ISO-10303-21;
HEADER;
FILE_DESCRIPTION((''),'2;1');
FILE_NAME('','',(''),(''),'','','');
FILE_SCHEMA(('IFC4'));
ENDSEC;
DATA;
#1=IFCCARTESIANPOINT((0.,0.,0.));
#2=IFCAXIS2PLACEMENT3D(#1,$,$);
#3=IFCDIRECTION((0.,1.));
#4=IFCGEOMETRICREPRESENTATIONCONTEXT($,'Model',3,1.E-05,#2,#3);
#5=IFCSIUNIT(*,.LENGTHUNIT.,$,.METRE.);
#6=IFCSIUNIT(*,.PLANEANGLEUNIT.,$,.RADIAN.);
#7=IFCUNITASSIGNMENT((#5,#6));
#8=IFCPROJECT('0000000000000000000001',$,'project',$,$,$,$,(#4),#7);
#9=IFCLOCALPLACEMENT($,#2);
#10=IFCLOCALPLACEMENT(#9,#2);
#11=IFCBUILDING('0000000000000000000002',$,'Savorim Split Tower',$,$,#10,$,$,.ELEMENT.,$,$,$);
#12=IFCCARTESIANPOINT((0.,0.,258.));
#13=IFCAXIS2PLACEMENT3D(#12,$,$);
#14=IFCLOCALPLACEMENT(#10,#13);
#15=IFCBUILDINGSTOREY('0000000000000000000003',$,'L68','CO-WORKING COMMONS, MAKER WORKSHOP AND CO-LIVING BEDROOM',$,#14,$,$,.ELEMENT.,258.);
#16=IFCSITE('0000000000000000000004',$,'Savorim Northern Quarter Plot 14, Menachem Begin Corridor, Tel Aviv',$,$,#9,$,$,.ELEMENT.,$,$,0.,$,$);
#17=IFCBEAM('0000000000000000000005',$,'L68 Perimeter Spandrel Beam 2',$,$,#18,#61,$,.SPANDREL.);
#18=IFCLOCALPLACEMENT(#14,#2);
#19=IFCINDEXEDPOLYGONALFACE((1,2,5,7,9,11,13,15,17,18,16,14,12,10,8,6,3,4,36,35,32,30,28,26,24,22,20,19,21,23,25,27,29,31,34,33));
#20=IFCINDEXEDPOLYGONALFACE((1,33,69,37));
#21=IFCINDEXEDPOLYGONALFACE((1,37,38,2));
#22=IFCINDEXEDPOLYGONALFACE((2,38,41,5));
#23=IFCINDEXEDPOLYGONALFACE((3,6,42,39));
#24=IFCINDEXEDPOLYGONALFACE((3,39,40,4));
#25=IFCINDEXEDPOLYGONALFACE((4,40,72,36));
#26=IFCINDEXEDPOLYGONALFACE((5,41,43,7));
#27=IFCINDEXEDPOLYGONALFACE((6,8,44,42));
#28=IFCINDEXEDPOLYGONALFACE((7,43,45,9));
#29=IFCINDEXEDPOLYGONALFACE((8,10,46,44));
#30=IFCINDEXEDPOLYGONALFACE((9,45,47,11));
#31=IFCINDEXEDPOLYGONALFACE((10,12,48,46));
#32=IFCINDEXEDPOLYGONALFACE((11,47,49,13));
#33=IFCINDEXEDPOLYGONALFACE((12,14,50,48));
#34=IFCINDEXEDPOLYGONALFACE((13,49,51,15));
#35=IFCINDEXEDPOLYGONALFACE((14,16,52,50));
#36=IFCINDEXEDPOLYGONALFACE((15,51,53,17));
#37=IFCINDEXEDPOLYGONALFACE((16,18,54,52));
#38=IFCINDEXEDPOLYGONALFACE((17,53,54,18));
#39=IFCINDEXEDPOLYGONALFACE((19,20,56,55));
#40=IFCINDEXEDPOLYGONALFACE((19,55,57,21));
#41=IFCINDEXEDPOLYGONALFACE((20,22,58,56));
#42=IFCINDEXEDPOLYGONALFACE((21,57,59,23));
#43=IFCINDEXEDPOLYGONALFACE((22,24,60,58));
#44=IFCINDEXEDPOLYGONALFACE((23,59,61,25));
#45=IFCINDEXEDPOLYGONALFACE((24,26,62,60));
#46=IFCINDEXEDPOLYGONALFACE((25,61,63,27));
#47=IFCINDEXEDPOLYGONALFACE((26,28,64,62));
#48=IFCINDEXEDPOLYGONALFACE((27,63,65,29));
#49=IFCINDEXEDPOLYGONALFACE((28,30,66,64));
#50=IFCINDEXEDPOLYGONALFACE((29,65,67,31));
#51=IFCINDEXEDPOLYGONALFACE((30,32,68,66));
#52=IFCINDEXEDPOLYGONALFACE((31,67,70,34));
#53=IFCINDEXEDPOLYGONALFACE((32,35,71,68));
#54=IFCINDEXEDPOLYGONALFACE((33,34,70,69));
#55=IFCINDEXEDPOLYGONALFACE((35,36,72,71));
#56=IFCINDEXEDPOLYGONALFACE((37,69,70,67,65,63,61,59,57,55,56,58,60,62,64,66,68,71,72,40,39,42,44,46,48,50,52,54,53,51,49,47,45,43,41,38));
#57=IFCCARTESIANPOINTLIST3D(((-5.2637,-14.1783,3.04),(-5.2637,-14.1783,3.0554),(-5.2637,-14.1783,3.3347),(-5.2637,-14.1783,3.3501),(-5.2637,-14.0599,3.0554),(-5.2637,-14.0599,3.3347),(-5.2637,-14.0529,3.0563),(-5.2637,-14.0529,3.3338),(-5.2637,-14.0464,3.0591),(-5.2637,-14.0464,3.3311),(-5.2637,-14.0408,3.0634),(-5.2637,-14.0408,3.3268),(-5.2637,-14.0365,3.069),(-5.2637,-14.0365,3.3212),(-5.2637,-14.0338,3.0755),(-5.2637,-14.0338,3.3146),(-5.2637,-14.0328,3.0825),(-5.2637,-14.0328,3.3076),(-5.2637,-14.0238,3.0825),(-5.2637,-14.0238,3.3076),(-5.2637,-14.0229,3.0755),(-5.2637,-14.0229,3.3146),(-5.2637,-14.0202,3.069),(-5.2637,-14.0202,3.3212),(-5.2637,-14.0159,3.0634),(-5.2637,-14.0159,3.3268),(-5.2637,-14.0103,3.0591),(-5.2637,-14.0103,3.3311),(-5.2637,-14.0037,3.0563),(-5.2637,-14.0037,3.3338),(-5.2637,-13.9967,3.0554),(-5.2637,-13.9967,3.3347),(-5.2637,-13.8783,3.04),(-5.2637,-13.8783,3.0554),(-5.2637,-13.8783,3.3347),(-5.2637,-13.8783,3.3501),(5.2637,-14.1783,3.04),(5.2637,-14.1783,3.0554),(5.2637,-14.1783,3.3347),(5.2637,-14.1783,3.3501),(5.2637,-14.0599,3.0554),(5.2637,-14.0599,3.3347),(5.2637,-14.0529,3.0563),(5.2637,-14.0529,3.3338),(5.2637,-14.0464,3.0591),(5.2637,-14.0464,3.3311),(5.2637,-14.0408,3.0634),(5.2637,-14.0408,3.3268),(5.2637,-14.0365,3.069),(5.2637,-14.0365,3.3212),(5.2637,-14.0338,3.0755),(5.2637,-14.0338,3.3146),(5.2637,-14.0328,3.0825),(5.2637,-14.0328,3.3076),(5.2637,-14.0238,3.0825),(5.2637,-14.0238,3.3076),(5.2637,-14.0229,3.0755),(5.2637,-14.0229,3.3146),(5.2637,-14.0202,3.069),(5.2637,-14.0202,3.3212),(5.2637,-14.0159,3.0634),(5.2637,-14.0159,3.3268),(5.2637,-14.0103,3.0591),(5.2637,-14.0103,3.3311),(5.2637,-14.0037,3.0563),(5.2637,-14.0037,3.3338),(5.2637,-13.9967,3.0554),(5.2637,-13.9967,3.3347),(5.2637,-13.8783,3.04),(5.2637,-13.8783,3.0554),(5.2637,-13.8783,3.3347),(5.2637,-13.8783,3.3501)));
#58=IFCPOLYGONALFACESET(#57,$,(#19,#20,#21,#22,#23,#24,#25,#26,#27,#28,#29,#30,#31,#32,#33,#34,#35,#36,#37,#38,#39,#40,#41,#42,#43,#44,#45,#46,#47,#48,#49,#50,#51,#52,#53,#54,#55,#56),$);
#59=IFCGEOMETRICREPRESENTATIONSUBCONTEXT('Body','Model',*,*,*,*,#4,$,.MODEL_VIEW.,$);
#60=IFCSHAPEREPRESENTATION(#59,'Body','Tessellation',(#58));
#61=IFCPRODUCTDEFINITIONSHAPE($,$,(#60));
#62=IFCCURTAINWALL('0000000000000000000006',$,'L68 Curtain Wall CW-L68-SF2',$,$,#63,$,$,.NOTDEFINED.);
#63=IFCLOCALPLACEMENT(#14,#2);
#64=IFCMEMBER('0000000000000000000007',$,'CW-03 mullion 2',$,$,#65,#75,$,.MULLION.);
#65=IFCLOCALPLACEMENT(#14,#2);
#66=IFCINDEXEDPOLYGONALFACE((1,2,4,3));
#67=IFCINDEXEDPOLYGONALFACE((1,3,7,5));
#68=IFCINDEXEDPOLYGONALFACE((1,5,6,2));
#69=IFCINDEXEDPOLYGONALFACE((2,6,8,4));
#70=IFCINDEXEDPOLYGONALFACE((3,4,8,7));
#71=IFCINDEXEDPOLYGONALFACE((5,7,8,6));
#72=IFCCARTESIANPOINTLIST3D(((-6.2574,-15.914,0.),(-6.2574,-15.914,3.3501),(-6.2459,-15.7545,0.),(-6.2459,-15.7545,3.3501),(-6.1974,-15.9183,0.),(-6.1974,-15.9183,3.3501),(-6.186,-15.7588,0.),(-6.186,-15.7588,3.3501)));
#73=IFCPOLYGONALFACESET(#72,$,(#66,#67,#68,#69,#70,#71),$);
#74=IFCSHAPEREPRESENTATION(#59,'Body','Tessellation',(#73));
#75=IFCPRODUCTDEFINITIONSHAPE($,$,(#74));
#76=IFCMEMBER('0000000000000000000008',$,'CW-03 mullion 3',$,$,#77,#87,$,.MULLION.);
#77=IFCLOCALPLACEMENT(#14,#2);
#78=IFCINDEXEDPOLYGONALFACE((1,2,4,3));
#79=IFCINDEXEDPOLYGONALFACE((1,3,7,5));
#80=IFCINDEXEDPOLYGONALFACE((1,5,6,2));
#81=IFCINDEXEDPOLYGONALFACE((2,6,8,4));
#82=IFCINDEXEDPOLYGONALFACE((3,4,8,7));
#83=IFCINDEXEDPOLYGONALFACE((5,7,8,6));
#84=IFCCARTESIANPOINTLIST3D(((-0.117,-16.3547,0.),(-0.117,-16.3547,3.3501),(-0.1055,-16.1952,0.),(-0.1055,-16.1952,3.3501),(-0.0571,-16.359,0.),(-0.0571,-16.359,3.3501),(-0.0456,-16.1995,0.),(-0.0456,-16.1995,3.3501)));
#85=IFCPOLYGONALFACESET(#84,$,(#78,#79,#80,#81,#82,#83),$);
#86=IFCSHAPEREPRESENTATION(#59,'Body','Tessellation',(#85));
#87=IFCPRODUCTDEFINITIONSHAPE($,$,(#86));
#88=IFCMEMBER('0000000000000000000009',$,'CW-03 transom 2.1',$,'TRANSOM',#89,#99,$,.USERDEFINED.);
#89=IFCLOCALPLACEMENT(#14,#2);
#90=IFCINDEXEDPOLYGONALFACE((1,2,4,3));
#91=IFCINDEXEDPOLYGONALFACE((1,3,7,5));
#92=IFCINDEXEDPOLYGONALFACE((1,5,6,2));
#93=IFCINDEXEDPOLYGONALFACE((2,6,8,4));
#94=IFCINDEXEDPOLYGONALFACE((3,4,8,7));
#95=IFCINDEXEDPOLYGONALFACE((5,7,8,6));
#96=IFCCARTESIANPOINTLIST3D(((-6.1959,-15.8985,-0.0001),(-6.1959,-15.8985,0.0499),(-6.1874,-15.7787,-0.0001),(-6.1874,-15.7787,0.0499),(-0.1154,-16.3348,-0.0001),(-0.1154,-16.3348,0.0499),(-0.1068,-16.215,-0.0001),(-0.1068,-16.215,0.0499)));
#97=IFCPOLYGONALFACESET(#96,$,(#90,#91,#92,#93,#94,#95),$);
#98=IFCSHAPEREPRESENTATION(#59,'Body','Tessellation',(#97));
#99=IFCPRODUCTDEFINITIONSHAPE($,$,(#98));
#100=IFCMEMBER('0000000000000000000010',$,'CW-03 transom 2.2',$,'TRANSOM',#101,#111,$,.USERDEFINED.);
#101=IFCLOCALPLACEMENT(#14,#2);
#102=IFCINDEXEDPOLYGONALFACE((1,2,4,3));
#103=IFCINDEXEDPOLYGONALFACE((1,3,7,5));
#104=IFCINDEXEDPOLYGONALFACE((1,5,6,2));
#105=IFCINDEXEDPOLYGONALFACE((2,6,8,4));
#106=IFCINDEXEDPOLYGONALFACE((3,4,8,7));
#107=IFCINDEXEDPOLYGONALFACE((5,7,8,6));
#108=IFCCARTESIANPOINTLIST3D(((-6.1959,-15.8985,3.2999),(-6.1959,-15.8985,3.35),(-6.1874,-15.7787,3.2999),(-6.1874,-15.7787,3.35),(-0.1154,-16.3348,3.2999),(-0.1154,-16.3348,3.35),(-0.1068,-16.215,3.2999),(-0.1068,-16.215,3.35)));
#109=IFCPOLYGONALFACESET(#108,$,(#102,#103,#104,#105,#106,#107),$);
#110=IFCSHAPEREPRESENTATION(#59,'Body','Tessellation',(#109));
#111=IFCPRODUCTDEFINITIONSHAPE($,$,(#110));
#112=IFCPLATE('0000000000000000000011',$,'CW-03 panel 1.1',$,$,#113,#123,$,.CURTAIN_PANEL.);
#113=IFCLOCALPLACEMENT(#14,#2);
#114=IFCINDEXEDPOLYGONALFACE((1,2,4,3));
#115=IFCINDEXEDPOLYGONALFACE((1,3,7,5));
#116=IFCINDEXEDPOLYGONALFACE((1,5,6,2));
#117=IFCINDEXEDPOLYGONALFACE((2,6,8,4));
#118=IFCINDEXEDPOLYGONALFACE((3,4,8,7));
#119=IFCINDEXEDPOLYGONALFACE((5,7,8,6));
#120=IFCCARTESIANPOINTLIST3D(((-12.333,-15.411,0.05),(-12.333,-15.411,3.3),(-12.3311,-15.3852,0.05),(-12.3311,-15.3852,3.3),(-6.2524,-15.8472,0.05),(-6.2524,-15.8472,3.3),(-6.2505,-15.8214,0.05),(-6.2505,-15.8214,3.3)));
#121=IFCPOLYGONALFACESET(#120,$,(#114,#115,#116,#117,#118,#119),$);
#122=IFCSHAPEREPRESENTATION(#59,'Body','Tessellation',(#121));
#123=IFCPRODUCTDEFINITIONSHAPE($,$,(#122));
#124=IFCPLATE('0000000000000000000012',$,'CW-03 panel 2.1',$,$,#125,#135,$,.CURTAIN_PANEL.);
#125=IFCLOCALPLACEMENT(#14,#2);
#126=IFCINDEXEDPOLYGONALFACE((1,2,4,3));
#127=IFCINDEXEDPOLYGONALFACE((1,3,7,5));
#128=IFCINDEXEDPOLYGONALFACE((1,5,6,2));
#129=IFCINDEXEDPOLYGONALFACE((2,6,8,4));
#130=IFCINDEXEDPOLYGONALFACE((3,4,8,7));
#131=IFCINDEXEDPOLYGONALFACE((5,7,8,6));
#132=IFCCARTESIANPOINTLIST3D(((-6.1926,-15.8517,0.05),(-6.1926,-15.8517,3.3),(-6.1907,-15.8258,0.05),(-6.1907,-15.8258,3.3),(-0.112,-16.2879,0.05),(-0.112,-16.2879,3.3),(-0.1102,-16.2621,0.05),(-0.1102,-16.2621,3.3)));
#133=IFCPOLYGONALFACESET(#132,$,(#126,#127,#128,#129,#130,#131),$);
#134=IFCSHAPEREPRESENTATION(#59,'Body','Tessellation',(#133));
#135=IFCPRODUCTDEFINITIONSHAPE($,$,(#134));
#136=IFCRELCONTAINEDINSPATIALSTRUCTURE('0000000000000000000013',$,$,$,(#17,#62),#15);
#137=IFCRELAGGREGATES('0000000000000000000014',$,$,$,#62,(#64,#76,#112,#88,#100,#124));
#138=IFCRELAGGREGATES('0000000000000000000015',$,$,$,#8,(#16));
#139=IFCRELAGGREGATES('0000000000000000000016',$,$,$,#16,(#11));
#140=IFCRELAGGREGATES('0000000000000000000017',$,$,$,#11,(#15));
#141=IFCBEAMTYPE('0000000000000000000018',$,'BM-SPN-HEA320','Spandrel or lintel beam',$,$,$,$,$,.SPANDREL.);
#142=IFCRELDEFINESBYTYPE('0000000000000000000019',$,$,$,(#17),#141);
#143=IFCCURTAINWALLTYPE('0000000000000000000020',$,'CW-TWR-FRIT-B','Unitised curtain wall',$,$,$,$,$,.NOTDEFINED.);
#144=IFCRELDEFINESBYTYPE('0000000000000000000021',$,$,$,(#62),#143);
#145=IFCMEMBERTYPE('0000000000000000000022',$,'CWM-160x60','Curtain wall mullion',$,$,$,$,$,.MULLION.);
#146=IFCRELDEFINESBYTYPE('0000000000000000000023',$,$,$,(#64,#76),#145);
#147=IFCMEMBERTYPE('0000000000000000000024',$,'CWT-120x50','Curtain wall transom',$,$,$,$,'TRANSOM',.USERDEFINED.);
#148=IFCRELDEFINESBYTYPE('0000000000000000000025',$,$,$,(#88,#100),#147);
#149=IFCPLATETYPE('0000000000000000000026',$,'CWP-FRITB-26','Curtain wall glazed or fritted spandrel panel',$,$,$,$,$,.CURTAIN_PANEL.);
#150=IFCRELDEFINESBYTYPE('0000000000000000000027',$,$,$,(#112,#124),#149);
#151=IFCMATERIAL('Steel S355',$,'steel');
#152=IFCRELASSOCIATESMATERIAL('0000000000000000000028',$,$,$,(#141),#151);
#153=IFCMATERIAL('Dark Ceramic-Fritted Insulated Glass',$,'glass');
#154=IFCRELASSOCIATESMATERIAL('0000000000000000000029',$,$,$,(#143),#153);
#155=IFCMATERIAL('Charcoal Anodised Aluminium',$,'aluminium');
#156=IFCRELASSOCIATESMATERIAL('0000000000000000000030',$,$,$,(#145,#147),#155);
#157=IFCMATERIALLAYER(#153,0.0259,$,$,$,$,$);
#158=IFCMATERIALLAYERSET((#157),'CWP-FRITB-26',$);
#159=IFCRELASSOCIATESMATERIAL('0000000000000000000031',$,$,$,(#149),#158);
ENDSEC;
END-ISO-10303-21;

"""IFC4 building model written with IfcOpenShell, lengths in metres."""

from ifc_helpers import new_model, si_unit, direction, frame, origin, origin_2d, place, context, subcontext, project, spatial, rectangle, i_section, extrude, material, layer, layer_set, material_profile, profile_set, type_object, element, aggregate, save


model = new_model("IFC4")

# Units and contexts
model_context = context("Model", 3, precision=1e-05, world=origin(), true_north=direction((0.0, 1.0)))
body_context = subcontext(model_context, "Body", "Model", "MODEL_VIEW")
ifc_project = project(units=[si_unit("LENGTHUNIT", "METRE"), si_unit("PLANEANGLEUNIT", "RADIAN")], contexts=[model_context])

# Site, building, storey
site_placement = place(None, origin())
site = spatial("IfcSite", under=ifc_project, at=site_placement, Name="Savorim Northern Quarter Plot 14, Menachem Begin Corridor, Tel Aviv", CompositionType="ELEMENT", RefElevation=0.0)
building_placement = place(site_placement, origin())
building = spatial("IfcBuilding", under=site, at=building_placement, Name="Savorim Split Tower", CompositionType="ELEMENT")
storey_placement = place(building_placement, frame((0.0, 0.0, 258.0)))
storey = spatial("IfcBuildingStorey", under=building, at=storey_placement, Name="L68", Description="CO-WORKING COMMONS, MAKER WORKSHOP AND CO-LIVING BEDROOM", CompositionType="ELEMENT", Elevation=258.0)

# Shared definitions
ifc_material_1 = material(Name="Steel S355", Category="steel")

# Beam
ifc_material_profile_1 = material_profile(ifc_material_1, i_section(OverallWidth=0.3, OverallDepth=0.3101, WebThickness=0.009, FlangeThickness=0.0154, FilletRadius=0.0271, at=origin_2d()), Name="HEA 320")
ifc_profile_set_1 = profile_set([ifc_material_profile_1], Name="Steel S355")
beam_type_1 = type_object("IfcBeamType", Name="BM-SPN-HEA320", Description="Spandrel or lintel beam", PredefinedType="SPANDREL", material=ifc_profile_set_1)
beam_1_placement = place(storey_placement, frame((-5.2637, -14.0283, 3.1951), z_axis=(1.0, 0.0, 0.0), x_axis=(0.0, 1.0, 0.0)))
element("IfcBeam", 1, at=beam_1_placement, inside=storey, type_object=beam_type_1, Name="L68 Perimeter Spandrel Beam 2", PredefinedType="SPANDREL", context=body_context, shape_type="SweptSolid", body=[
    extrude(i_section(OverallWidth=0.3, OverallDepth=0.3101, WebThickness=0.009, FlangeThickness=0.0154, FilletRadius=0.0271, at=origin_2d()), origin(), (0.0, 0.0, 1.0), 10.5273),
])

# Curtain wall, members, plates
ifc_material_2 = material(Name="Dark Ceramic-Fritted Insulated Glass", Category="glass")
curtain_wall_type = type_object("IfcCurtainWallType", Name="CW-TWR-FRIT-B", Description="Unitised curtain wall", PredefinedType="NOTDEFINED", material=ifc_material_2)
curtain_wall_placement = place(storey_placement, origin())
curtain_wall = element("IfcCurtainWall", 2, at=curtain_wall_placement, inside=storey, type_object=curtain_wall_type, Name="L68 Curtain Wall CW-L68-SF2", PredefinedType="NOTDEFINED")
ifc_material_3 = material(Name="Charcoal Anodised Aluminium", Category="aluminium")
ifc_material_profile_2 = material_profile(ifc_material_3, rectangle(XDim=0.1599, YDim=0.0601, at=origin_2d()), Name="ALU-M 160x60")
ifc_profile_set_2 = profile_set([ifc_material_profile_2], Name="Charcoal Anodised Aluminium")
member_type_1 = type_object("IfcMemberType", Name="CWM-160x60", Description="Curtain wall mullion", PredefinedType="MULLION", material=ifc_profile_set_2)
member_1_placement = place(storey_placement, frame((-6.2217, -15.8364, 0.0), z_axis=(0.0, 0.0, 1.0), x_axis=(0.071562, 0.997436, 0.0)))
member_1 = element("IfcMember", 3, at=member_1_placement, type_object=member_type_1, Name="CW-03 mullion 2", PredefinedType="MULLION", context=body_context, shape_type="SweptSolid", body=[
    extrude(rectangle(XDim=0.1599, YDim=0.0601, at=origin_2d()), origin(), (0.0, 0.0, 1.0), 3.3501),
])
member_2_placement = place(storey_placement, frame((-0.0813, -16.2771, 0.0), z_axis=(0.0, 0.0, 1.0), x_axis=(0.071562, 0.997436, 0.0)))
member_2 = element("IfcMember", 4, at=member_2_placement, type_object=member_type_1, Name="CW-03 mullion 3", PredefinedType="MULLION", context=body_context, shape_type="SweptSolid", body=[
    extrude(rectangle(XDim=0.1599, YDim=0.0601, at=origin_2d()), origin(), (0.0, 0.0, 1.0), 3.3501),
])
ifc_material_profile_3 = material_profile(ifc_material_3, rectangle(XDim=0.1201, YDim=0.05, at=origin_2d()), Name="ALU-T 120x50")
ifc_profile_set_3 = profile_set([ifc_material_profile_3], Name="Charcoal Anodised Aluminium")
member_type_2 = type_object("IfcMemberType", Name="CWT-120x50", Description="Curtain wall transom", ElementType="TRANSOM", PredefinedType="USERDEFINED", material=ifc_profile_set_3)
member_3_placement = place(storey_placement, frame((-6.1917, -15.8386, 0.0249), z_axis=(0.997436, -0.071566, 0.0), x_axis=(0.071566, 0.997436, 0.0)))
member_3 = element("IfcMember", 5, at=member_3_placement, type_object=member_type_2, Name="CW-03 transom 2.1", ObjectType="TRANSOM", PredefinedType="USERDEFINED", context=body_context, shape_type="SweptSolid", body=[
    extrude(rectangle(XDim=0.1201, YDim=0.05, at=origin_2d()), origin(), (0.0, 0.0, 1.0), 6.0962),
])
member_4_placement = place(storey_placement, frame((-6.1917, -15.8386, 3.325), z_axis=(0.997436, -0.071566, 0.0), x_axis=(0.071566, 0.997436, 0.0)))
member_4 = element("IfcMember", 6, at=member_4_placement, type_object=member_type_2, Name="CW-03 transom 2.2", ObjectType="TRANSOM", PredefinedType="USERDEFINED", context=body_context, shape_type="SweptSolid", body=[
    extrude(rectangle(XDim=0.1201, YDim=0.05, at=origin_2d()), origin(), (0.0, 0.0, 1.0), 6.0962),
])
ifc_layer_1 = layer(ifc_material_2, 0.0259)
ifc_layer_set_1 = layer_set([ifc_layer_1], Name="CWP-FRITB-26")
plate_type = type_object("IfcPlateType", Name="CWP-FRITB-26", Description="Curtain wall glazed or fritted spandrel panel", PredefinedType="CURTAIN_PANEL", material=ifc_layer_set_1)
plate_1_placement = place(storey_placement, frame((-9.2917, -15.6162, 0.05), z_axis=(0.0, 0.0, 1.0), x_axis=(0.997436, -0.071562, 0.0)))
plate_1 = element("IfcPlate", 7, at=plate_1_placement, type_object=plate_type, Name="CW-03 panel 1.1", PredefinedType="CURTAIN_PANEL", context=body_context, shape_type="SweptSolid", body=[
    extrude(rectangle(XDim=6.0962, YDim=0.0259, at=origin_2d()), origin(), (0.0, 0.0, 1.0), 3.25),
])
plate_2_placement = place(storey_placement, frame((-3.1514, -16.0569, 0.05), z_axis=(0.0, 0.0, 1.0), x_axis=(0.997436, -0.071562, 0.0)))
plate_2 = element("IfcPlate", 8, at=plate_2_placement, type_object=plate_type, Name="CW-03 panel 2.1", PredefinedType="CURTAIN_PANEL", context=body_context, shape_type="SweptSolid", body=[
    extrude(rectangle(XDim=6.0962, YDim=0.0259, at=origin_2d()), origin(), (0.0, 0.0, 1.0), 3.25),
])
aggregate(curtain_wall, [member_1, member_2, plate_1, member_3, member_4, plate_2])

save(model, "model.ifc")
